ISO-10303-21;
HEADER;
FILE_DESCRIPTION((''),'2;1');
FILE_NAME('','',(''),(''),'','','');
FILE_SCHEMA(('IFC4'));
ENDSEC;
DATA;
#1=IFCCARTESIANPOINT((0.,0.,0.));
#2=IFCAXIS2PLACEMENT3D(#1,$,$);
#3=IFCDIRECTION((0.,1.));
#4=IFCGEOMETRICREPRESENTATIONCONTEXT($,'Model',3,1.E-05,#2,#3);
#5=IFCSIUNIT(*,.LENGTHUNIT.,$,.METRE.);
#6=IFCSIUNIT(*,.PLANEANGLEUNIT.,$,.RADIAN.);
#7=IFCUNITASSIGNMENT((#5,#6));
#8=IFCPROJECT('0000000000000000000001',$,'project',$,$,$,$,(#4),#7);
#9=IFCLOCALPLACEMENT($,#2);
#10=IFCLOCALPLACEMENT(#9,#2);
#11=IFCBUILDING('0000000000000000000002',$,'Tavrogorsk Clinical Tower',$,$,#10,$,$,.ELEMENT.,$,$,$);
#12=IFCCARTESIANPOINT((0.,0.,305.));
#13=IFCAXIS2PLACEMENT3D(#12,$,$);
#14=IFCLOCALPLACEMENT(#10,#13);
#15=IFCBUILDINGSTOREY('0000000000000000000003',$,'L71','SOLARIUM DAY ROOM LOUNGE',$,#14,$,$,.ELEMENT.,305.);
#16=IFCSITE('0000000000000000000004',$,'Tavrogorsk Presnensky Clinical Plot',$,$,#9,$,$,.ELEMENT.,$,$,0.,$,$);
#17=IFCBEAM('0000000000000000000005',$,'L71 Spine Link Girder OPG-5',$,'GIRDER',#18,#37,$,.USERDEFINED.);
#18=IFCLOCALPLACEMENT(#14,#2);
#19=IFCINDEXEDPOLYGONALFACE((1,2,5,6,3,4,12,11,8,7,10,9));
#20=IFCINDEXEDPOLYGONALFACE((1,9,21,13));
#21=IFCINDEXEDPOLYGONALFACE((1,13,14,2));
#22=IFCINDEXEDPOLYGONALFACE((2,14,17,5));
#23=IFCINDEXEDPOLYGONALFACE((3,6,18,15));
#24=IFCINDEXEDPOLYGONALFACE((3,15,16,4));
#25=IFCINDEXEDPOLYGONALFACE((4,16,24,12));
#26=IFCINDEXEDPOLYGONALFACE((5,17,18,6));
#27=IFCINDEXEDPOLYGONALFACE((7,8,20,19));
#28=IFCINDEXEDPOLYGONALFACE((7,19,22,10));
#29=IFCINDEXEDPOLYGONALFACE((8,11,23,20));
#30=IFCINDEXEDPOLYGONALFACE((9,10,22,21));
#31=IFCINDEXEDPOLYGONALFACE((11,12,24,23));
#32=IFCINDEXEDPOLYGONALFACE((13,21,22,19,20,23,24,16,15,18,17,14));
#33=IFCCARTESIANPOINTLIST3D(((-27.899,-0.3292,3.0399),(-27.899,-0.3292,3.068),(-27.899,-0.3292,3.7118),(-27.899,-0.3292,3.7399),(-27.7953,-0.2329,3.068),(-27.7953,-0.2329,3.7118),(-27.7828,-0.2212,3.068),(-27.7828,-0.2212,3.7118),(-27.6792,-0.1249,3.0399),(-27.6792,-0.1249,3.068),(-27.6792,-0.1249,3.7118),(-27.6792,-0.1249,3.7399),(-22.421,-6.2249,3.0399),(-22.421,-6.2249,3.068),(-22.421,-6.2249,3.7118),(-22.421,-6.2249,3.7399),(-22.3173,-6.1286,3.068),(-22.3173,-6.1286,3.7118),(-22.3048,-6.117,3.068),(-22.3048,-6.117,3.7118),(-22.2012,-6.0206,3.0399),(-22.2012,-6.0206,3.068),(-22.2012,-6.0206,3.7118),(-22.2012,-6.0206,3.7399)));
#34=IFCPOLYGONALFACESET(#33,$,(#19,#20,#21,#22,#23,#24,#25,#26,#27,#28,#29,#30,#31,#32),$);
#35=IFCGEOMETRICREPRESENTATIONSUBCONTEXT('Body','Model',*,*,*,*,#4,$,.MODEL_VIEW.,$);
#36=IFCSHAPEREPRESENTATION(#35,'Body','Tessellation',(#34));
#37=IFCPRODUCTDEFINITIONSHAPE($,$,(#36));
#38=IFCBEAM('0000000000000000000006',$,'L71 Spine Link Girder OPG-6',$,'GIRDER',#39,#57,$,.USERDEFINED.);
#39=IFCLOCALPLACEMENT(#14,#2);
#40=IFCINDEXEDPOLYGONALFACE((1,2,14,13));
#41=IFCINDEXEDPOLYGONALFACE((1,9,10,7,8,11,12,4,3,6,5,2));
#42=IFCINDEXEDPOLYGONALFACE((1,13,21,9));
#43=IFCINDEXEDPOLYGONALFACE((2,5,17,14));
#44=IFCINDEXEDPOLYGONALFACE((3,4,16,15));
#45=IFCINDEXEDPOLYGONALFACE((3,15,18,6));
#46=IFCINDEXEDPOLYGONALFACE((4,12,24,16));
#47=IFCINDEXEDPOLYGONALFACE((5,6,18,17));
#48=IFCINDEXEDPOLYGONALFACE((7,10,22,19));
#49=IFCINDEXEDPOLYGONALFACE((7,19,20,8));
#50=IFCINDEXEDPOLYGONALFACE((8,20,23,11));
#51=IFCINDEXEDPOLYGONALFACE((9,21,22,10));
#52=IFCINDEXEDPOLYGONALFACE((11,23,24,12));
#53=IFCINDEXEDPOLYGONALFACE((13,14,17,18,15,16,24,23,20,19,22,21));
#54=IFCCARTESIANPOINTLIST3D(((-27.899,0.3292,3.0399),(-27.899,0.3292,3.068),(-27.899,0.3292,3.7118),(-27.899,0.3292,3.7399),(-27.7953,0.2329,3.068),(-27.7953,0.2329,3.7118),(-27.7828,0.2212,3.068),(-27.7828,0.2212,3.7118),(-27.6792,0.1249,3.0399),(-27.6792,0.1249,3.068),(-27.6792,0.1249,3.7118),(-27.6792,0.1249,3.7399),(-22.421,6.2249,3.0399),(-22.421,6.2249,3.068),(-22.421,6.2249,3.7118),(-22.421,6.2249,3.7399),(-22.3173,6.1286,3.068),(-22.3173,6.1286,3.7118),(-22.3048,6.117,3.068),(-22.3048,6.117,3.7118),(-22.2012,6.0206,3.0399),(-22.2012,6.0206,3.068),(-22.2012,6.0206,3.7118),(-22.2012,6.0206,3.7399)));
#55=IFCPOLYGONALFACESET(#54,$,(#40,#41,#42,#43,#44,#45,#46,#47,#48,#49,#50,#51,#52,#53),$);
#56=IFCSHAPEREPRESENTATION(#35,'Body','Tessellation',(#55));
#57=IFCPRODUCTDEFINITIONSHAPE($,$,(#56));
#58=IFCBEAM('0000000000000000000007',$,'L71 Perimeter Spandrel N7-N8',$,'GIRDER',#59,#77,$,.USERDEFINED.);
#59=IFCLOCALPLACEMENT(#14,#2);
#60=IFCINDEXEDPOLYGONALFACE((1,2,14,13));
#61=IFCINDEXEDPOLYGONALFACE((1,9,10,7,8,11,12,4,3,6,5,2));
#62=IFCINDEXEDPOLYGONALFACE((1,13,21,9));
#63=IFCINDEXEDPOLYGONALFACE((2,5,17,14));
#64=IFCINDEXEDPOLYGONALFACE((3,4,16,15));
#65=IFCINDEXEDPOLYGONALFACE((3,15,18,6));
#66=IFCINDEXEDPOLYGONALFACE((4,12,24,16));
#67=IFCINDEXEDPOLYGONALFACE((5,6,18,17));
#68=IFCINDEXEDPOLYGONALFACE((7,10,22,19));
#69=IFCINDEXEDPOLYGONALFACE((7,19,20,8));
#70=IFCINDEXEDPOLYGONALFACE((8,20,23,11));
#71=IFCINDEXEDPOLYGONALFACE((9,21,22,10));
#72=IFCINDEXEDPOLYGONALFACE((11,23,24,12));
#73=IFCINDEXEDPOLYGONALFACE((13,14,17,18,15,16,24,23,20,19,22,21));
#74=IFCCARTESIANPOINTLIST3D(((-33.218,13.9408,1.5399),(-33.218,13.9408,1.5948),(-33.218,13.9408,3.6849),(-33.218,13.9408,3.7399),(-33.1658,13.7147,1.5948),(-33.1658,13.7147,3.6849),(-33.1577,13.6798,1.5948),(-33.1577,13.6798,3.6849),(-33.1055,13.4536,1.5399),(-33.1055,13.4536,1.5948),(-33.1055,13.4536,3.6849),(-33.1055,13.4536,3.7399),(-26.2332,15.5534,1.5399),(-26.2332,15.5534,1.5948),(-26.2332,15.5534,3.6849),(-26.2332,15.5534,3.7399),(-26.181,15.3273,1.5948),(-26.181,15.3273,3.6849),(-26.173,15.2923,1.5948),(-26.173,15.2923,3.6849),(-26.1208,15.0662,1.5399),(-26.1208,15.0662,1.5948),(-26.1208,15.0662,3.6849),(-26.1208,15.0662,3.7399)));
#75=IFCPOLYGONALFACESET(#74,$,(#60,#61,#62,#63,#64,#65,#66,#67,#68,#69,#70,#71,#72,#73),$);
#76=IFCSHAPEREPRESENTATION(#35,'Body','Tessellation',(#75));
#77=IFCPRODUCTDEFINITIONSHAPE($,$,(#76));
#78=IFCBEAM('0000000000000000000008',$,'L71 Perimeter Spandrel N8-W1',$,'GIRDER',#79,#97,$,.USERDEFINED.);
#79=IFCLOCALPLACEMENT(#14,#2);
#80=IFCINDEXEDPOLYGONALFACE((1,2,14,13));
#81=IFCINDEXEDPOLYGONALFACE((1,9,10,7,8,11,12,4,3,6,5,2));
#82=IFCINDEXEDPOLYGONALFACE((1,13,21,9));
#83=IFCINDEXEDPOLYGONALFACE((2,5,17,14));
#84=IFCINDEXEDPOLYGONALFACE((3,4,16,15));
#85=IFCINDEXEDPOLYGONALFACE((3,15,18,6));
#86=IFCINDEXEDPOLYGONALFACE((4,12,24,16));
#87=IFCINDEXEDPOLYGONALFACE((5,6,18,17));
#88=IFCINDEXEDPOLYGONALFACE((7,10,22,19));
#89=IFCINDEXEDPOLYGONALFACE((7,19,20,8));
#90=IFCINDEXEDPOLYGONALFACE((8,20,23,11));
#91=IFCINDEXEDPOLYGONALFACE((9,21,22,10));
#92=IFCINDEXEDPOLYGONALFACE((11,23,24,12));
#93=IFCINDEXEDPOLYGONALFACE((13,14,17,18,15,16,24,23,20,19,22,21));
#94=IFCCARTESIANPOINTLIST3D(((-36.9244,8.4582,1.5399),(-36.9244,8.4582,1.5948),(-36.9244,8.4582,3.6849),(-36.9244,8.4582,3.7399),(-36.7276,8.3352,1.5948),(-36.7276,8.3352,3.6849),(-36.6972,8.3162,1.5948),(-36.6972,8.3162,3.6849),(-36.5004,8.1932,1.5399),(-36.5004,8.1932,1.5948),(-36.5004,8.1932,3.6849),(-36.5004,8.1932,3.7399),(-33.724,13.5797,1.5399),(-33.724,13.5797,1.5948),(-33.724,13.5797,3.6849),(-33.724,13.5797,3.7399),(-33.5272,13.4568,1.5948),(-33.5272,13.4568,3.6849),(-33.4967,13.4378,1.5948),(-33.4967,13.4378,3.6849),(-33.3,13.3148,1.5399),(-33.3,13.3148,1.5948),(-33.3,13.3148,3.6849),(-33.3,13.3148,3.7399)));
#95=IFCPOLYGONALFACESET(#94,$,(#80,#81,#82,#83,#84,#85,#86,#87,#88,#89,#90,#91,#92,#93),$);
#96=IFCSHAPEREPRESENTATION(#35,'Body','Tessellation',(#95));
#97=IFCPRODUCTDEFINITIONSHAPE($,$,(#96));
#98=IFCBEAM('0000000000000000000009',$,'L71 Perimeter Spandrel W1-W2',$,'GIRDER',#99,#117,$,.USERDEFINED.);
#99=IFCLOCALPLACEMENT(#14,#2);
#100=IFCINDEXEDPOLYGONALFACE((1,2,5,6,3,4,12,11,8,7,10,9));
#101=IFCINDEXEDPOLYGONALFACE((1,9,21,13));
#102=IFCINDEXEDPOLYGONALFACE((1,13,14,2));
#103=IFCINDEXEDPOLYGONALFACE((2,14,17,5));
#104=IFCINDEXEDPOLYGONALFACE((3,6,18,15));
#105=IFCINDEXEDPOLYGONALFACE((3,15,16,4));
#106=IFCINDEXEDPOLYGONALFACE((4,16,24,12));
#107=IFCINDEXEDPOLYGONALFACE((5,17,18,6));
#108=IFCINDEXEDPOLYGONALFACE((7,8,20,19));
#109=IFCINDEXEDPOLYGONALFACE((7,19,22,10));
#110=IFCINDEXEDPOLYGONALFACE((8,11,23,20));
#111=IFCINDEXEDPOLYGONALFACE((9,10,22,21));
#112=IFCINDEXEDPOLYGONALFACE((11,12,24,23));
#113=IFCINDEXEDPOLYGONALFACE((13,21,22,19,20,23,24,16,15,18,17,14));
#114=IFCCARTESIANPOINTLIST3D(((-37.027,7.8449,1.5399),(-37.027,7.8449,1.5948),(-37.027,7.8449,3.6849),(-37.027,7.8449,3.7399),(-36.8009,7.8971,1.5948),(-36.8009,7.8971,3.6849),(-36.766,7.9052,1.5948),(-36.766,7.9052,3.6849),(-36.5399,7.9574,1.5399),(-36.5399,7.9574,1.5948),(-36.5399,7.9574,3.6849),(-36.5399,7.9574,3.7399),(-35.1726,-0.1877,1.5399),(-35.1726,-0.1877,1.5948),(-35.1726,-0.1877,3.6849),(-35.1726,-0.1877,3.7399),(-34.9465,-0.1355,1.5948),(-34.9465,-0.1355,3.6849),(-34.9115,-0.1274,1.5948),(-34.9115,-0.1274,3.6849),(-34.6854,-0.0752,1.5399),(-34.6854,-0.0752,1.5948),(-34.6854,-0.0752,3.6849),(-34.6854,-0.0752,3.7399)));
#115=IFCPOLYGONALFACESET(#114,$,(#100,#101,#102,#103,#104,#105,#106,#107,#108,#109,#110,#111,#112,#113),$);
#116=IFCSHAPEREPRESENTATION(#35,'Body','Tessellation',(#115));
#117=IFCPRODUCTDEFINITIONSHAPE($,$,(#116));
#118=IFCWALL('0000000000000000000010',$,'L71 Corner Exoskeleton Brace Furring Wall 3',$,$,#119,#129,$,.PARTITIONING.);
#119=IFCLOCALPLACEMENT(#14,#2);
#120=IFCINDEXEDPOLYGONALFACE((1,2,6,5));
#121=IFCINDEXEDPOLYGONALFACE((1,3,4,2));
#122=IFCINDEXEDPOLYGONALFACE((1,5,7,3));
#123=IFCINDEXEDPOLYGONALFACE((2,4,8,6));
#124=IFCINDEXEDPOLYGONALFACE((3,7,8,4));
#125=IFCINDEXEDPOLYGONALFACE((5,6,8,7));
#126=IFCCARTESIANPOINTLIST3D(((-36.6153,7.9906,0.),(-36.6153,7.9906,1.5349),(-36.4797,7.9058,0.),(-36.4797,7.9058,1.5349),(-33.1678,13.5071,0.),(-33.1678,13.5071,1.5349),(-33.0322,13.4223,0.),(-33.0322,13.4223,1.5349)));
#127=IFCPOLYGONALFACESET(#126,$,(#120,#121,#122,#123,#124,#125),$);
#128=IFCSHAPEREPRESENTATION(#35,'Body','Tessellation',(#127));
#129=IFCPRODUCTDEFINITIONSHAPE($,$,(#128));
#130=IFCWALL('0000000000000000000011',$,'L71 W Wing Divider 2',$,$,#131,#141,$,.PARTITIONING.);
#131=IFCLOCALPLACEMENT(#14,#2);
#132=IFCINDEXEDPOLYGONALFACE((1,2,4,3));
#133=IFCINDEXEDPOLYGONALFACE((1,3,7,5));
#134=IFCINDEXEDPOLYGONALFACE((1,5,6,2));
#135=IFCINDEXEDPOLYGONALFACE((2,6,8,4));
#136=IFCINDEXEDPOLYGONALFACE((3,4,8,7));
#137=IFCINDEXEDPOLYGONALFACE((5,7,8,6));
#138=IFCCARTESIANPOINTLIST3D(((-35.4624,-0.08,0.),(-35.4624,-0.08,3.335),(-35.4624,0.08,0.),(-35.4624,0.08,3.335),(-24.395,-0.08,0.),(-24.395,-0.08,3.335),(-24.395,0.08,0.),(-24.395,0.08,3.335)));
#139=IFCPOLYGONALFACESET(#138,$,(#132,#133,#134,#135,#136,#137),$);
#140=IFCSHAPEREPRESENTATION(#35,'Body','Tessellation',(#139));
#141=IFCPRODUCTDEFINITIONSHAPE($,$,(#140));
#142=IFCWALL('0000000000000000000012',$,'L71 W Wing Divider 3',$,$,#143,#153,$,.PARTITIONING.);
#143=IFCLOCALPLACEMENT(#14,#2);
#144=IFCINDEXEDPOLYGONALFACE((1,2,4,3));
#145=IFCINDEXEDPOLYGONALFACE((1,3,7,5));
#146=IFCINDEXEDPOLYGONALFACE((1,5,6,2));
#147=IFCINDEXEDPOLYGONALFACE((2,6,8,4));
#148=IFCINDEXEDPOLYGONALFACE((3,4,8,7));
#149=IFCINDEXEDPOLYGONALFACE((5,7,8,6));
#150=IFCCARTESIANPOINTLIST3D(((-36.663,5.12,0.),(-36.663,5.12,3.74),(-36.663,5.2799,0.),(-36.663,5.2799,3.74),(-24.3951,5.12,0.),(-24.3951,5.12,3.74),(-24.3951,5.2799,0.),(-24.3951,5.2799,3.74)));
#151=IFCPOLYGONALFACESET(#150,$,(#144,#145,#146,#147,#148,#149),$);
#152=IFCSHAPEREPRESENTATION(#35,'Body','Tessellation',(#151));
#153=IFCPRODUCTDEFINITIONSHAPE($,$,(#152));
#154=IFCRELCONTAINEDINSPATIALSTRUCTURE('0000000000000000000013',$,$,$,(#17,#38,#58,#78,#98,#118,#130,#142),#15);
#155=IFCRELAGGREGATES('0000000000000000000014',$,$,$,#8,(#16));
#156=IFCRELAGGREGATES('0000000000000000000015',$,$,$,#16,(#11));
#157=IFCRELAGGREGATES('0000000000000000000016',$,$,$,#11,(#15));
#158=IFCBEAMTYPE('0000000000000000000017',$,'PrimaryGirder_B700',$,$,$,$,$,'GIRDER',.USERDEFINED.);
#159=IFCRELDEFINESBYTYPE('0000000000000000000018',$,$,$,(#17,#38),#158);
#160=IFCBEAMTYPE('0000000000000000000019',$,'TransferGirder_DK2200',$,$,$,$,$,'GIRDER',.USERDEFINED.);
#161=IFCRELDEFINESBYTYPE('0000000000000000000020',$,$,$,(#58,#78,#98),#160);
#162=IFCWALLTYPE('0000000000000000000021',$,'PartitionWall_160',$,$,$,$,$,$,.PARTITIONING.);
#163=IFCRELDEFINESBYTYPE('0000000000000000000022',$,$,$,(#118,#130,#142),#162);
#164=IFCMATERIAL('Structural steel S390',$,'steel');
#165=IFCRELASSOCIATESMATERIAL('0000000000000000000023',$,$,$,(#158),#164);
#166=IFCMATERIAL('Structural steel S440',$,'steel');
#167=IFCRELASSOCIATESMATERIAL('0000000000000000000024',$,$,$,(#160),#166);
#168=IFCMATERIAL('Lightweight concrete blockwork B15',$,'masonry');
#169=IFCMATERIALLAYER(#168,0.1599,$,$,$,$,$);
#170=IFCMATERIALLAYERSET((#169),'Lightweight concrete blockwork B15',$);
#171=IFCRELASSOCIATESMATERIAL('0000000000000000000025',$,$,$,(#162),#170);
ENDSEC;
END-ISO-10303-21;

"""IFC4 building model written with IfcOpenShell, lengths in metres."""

from ifc_helpers import new_model, si_unit, direction, frame, frame_2d, origin, origin_2d, place, context, subcontext, project, spatial, rectangle, i_section, extrude, material, layer, layer_set, material_profile, profile_set, type_object, element, save


model = new_model("IFC4")

# Units and contexts
model_context = context("Model", 3, precision=1e-05, world=origin(), true_north=direction((0.0, 1.0)))
body_context = subcontext(model_context, "Body", "Model", "MODEL_VIEW")
ifc_project = project(units=[si_unit("LENGTHUNIT", "METRE"), si_unit("PLANEANGLEUNIT", "RADIAN")], contexts=[model_context])

# Site, building, storey
site_placement = place(None, origin())
site = spatial("IfcSite", under=ifc_project, at=site_placement, Name="Tavrogorsk Presnensky Clinical Plot", CompositionType="ELEMENT", RefElevation=0.0)
building_placement = place(site_placement, origin())
building = spatial("IfcBuilding", under=site, at=building_placement, Name="Tavrogorsk Clinical Tower", CompositionType="ELEMENT")
storey_placement = place(building_placement, frame((0.0, 0.0, 305.0)))
storey = spatial("IfcBuildingStorey", under=building, at=storey_placement, Name="L71", Description="SOLARIUM DAY ROOM LOUNGE", CompositionType="ELEMENT", Elevation=305.0)

# Beams
ifc_material_1 = material(Name="Structural steel S390", Category="steel")
ifc_material_profile_1 = material_profile(ifc_material_1, i_section(OverallWidth=0.3, OverallDepth=0.7, WebThickness=0.0171, FlangeThickness=0.0281, at=origin_2d()), Name="B-700x300x17x28")
ifc_profile_set_1 = profile_set([ifc_material_profile_1], Name="Structural steel S390")
beam_type_1 = type_object("IfcBeamType", Name="PrimaryGirder_B700", ElementType="GIRDER", PredefinedType="USERDEFINED", material=ifc_profile_set_1)
for number, where, z_axis, x_axis, name in (
    (1, (-27.7891, -0.2271, 3.3899), (0.680678, -0.732583, 0.0), (0.732583, 0.680678, 0.0), "L71 Spine Link Girder OPG-5"),
    (2, (-27.7891, 0.2271, 3.3899), (0.680678, 0.732583, 0.0), (-0.732583, 0.680678, 0.0), "L71 Spine Link Girder OPG-6"),
):
    element("IfcBeam", number, at=place(storey_placement, frame(where, z_axis=z_axis, x_axis=x_axis)), inside=storey, type_object=beam_type_1, Name=name, ObjectType="GIRDER", PredefinedType="USERDEFINED", context=body_context, shape_type="SweptSolid", body=[
        extrude(i_section(OverallWidth=0.3, OverallDepth=0.7, WebThickness=0.0171, FlangeThickness=0.0281, at=origin_2d()), origin(), (0.0, 0.0, 1.0), 8.0479),
    ])
ifc_material_2 = material(Name="Structural steel S440", Category="steel")
ifc_material_profile_2 = material_profile(ifc_material_2, i_section(OverallWidth=0.5, OverallDepth=2.2, WebThickness=0.0359, FlangeThickness=0.0549, at=origin_2d()), Name="DK-2200x500x36x55")
ifc_profile_set_2 = profile_set([ifc_material_profile_2], Name="Structural steel S440")
beam_type_2 = type_object("IfcBeamType", Name="TransferGirder_DK2200", ElementType="GIRDER", PredefinedType="USERDEFINED", material=ifc_profile_set_2)
beam_1_placement = place(storey_placement, frame((-26.177, 15.3098, 2.6399), z_axis=(-0.974369, -0.224954, 0.0), x_axis=(0.224954, -0.974369, 0.0)))
element("IfcBeam", 3, at=beam_1_placement, inside=storey, type_object=beam_type_2, Name="L71 Perimeter Spandrel N7-N8", ObjectType="GIRDER", PredefinedType="USERDEFINED", context=body_context, shape_type="SweptSolid", body=[
    extrude(i_section(OverallWidth=0.5, OverallDepth=2.2, WebThickness=0.0359, FlangeThickness=0.0549, at=origin_2d()), origin(), (0.0, 0.0, 1.0), 7.1685),
])
beam_2_placement = place(storey_placement, frame((-33.512, 13.4473, 2.6399), z_axis=(-0.529934, -0.848039, 0.0), x_axis=(0.848039, -0.529934, 0.0)))
element("IfcBeam", 4, at=beam_2_placement, inside=storey, type_object=beam_type_2, Name="L71 Perimeter Spandrel N8-W1", ObjectType="GIRDER", PredefinedType="USERDEFINED", context=body_context, shape_type="SweptSolid", body=[
    extrude(i_section(OverallWidth=0.5, OverallDepth=2.2, WebThickness=0.0359, FlangeThickness=0.0549, at=origin_2d()), origin(), (0.0, 0.0, 1.0), 6.0393),
])
beam_3_placement = place(storey_placement, frame((-36.7834, 7.9011, 2.6399), z_axis=(0.22495, -0.97437, 0.0), x_axis=(0.97437, 0.22495, 0.0)))
element("IfcBeam", 5, at=beam_3_placement, inside=storey, type_object=beam_type_2, Name="L71 Perimeter Spandrel W1-W2", ObjectType="GIRDER", PredefinedType="USERDEFINED", context=body_context, shape_type="SweptSolid", body=[
    extrude(i_section(OverallWidth=0.5, OverallDepth=2.2, WebThickness=0.0359, FlangeThickness=0.0549, at=origin_2d()), origin(), (0.0, 0.0, 1.0), 8.2439),
])

# Walls
ifc_material_3 = material(Name="Lightweight concrete blockwork B15", Category="masonry")
ifc_layer_1 = layer(ifc_material_3, 0.1599)
ifc_layer_set_1 = layer_set([ifc_layer_1], Name="Lightweight concrete blockwork B15")
wall_type_1 = type_object("IfcWallType", Name="PartitionWall_160", PredefinedType="PARTITIONING", material=ifc_layer_set_1)
wall_1_placement = place(storey_placement, frame((-33.1001, 13.4646, 0.0), z_axis=(0.0, 0.0, 1.0), x_axis=(-0.529958, -0.848024, 0.0)))
element("IfcWall", 6, at=wall_1_placement, inside=storey, type_object=wall_type_1, Name="L71 Corner Exoskeleton Brace Furring Wall 3", PredefinedType="PARTITIONING", context=body_context, shape_type="SweptSolid", body=[
    extrude(rectangle(XDim=6.5051, YDim=0.1599, at=frame_2d((3.2524, 0.0))), origin(), (0.0, 0.0, 1.0), 1.5349),
])
wall_2_placement = place(storey_placement, frame((-35.4624, 0.0, 0.0), z_axis=(0.0, 0.0, 1.0), x_axis=(1.0, 0.0, 0.0)))
element("IfcWall", 7, at=wall_2_placement, inside=storey, type_object=wall_type_1, Name="L71 W Wing Divider 2", PredefinedType="PARTITIONING", context=body_context, shape_type="SweptSolid", body=[
    extrude(rectangle(XDim=11.0674, YDim=0.1599, at=frame_2d((5.5337, 0.0))), origin(), (0.0, 0.0, 1.0), 3.335),
])
wall_3_placement = place(storey_placement, frame((-36.6628, 5.2, 0.0), z_axis=(0.0, 0.0, 1.0), x_axis=(1.0, 0.0, 0.0)))
element("IfcWall", 8, at=wall_3_placement, inside=storey, type_object=wall_type_1, Name="L71 W Wing Divider 3", PredefinedType="PARTITIONING", context=body_context, shape_type="SweptSolid", body=[
    extrude(rectangle(XDim=12.2678, YDim=0.1599, at=frame_2d((6.1338, 0.0))), origin(), (0.0, 0.0, 1.0), 3.74),
])

save(model, "model.ifc")
